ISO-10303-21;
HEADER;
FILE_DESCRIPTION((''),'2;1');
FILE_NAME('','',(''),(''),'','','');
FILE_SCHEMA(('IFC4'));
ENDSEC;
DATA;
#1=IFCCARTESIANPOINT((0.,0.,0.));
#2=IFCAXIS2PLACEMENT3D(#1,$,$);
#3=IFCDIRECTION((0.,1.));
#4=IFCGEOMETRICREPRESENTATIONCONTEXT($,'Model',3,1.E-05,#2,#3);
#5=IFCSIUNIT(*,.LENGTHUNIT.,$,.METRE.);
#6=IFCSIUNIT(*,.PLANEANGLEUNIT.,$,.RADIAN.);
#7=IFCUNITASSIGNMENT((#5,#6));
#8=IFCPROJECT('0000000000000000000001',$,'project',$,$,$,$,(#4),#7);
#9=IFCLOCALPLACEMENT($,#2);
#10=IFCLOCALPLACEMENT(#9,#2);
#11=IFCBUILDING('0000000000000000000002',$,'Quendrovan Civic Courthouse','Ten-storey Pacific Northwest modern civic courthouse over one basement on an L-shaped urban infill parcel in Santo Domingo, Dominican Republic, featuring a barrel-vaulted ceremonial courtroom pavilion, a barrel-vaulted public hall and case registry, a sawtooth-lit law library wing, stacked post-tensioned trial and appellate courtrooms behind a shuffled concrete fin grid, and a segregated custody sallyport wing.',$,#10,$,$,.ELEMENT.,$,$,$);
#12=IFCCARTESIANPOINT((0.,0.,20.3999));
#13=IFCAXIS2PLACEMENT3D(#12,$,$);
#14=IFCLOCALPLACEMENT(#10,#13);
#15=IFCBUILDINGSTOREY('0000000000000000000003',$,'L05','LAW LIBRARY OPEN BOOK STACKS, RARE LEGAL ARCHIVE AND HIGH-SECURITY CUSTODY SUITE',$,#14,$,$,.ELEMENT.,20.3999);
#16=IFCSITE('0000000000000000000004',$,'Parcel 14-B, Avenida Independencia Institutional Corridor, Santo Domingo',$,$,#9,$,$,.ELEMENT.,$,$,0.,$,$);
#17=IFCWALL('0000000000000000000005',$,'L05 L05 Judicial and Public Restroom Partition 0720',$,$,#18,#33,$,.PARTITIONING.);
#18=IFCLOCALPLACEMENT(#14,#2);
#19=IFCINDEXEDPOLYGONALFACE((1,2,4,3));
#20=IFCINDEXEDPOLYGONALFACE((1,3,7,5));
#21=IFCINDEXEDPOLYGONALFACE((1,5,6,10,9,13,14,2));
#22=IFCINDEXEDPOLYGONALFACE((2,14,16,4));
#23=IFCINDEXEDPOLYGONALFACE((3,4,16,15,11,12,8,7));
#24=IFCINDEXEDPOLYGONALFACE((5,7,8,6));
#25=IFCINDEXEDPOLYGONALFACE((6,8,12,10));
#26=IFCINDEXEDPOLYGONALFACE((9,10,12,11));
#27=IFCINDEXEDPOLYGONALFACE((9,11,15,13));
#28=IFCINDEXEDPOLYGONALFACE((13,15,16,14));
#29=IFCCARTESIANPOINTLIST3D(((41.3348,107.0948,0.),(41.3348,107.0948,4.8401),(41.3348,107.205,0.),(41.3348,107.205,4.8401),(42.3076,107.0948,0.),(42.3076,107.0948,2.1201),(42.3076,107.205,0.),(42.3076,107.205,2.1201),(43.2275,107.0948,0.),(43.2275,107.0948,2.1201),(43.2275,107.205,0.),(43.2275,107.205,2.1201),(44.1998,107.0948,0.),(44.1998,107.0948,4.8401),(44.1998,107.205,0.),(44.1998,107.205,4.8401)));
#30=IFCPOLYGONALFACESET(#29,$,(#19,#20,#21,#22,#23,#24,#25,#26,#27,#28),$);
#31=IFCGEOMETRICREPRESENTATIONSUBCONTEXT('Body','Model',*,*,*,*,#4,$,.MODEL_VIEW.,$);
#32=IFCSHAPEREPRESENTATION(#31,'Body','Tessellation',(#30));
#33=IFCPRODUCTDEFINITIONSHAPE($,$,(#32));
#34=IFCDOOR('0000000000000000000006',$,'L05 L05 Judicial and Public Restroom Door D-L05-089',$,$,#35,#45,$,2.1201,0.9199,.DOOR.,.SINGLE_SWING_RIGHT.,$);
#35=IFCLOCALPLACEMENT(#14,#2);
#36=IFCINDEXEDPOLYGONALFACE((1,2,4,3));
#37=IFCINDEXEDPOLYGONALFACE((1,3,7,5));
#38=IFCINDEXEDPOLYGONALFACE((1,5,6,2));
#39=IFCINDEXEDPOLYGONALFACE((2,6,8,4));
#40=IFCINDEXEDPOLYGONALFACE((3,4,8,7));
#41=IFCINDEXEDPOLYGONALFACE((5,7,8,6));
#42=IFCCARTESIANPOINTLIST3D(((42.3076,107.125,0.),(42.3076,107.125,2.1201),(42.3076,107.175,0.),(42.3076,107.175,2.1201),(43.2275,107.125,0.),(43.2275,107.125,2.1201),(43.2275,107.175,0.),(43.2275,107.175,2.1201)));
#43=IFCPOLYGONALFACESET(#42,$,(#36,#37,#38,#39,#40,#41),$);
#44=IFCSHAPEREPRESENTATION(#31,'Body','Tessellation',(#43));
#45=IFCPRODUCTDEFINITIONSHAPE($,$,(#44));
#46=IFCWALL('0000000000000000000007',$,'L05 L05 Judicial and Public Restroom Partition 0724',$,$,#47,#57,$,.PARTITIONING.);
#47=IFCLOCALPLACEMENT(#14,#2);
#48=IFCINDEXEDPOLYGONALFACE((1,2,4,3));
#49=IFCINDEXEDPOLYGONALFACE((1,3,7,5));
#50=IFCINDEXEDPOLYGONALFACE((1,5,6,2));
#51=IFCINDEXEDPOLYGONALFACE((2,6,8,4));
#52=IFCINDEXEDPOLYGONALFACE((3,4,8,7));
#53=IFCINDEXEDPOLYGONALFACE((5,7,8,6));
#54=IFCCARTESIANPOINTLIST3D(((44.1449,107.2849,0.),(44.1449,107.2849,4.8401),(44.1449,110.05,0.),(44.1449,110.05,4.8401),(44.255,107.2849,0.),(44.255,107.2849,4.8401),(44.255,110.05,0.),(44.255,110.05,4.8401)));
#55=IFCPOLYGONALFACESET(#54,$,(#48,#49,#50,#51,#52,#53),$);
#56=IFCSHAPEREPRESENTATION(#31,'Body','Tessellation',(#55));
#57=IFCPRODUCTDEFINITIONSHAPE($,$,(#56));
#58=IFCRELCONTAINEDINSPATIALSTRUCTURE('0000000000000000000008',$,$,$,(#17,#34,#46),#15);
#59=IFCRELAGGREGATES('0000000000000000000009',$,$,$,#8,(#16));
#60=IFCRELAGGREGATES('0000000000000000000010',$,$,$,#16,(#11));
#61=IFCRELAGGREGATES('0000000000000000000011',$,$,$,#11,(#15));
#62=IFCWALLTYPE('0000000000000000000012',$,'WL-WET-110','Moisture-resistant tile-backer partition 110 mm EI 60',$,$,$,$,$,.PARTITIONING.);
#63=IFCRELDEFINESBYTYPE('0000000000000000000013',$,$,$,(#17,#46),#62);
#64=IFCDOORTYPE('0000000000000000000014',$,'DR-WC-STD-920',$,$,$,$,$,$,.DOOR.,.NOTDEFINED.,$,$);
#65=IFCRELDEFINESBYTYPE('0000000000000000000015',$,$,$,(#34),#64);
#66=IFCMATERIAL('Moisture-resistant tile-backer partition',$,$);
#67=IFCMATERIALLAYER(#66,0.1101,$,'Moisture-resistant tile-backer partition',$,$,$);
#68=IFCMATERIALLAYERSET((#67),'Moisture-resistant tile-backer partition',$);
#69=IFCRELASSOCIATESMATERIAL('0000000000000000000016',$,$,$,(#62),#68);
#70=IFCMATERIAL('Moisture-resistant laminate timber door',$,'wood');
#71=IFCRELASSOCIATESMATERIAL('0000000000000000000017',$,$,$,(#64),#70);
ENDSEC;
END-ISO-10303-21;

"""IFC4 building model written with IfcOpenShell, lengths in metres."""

from ifc_helpers import new_model, si_unit, direction, frame, frame_2d, origin, place, context, subcontext, project, spatial, rectangle, extrude, material, layer, layer_set, type_object, element, fill, save


model = new_model("IFC4")

# Units and contexts
model_context = context("Model", 3, precision=1e-05, world=origin(), true_north=direction((0.0, 1.0)))
body_context = subcontext(model_context, "Body", "Model", "MODEL_VIEW")
ifc_project = project(units=[si_unit("LENGTHUNIT", "METRE"), si_unit("PLANEANGLEUNIT", "RADIAN")], contexts=[model_context])

# Site, building, storey
site_placement = place(None, origin())
site = spatial("IfcSite", under=ifc_project, at=site_placement, Name="Parcel 14-B, Avenida Independencia Institutional Corridor, Santo Domingo", CompositionType="ELEMENT", RefElevation=0.0)
building_placement = place(site_placement, origin())
building = spatial("IfcBuilding", under=site, at=building_placement, Name="Quendrovan Civic Courthouse", Description="Ten-storey Pacific Northwest modern civic courthouse over one basement on an L-shaped urban infill parcel in Santo Domingo, Dominican Republic, featuring a barrel-vaulted ceremonial courtroom pavilion, a barrel-vaulted public hall and case registry, a sawtooth-lit law library wing, stacked post-tensioned trial and appellate courtrooms behind a shuffled concrete fin grid, and a segregated custody sallyport wing.", CompositionType="ELEMENT")
storey_placement = place(building_placement, frame((0.0, 0.0, 20.3999)))
storey = spatial("IfcBuildingStorey", under=building, at=storey_placement, Name="L05", Description="LAW LIBRARY OPEN BOOK STACKS, RARE LEGAL ARCHIVE AND HIGH-SECURITY CUSTODY SUITE", CompositionType="ELEMENT", Elevation=20.3999)

# Wall, opening, door
ifc_material_1 = material(Name="Moisture-resistant tile-backer partition")
ifc_layer_1 = layer(ifc_material_1, 0.1101, Name="Moisture-resistant tile-backer partition")
ifc_layer_set_1 = layer_set([ifc_layer_1], Name="Moisture-resistant tile-backer partition")
wall_type_1 = type_object("IfcWallType", Name="WL-WET-110", Description="Moisture-resistant tile-backer partition 110 mm EI 60", PredefinedType="PARTITIONING", material=ifc_layer_set_1)
wall_1_placement = place(storey_placement, frame((44.2, 107.1499, 0.0), z_axis=(0.0, 0.0, 1.0), x_axis=(-1.0, 0.0, 0.0)))
wall_1 = element("IfcWall", 1, at=wall_1_placement, inside=storey, type_object=wall_type_1, Name="L05 L05 Judicial and Public Restroom Partition 0720", PredefinedType="PARTITIONING", context=body_context, shape_type="SweptSolid", body=[
    extrude(rectangle(XDim=2.865, YDim=0.1101, at=frame_2d((1.4326, 0.0))), origin(), (0.0, 0.0, 1.0), 4.8401),
])
opening_1_placement = place(wall_1_placement, frame((0.9724, 0.0, 0.0)))
opening_1 = element("IfcOpeningElement", 2, at=opening_1_placement, cuts=wall_1, PredefinedType="OPENING", context=body_context, shape_type="SweptSolid", body=[
    extrude(rectangle(XDim=0.9199, YDim=2.1201, at=frame_2d((0.46, 1.0601))), frame((0.0, 0.0649, 0.0), z_axis=(0.0, -1.0, 0.0), x_axis=(1.0, 0.0, 0.0)), (0.0, 0.0, 1.0), 0.1301),
])
ifc_material_2 = material(Name="Moisture-resistant laminate timber door", Category="wood")
door_type_1 = type_object("IfcDoorType", Name="DR-WC-STD-920", OperationType="NOTDEFINED", PredefinedType="DOOR", material=ifc_material_2)
door_1_placement = place(opening_1_placement, origin())
door_1 = element("IfcDoor", 3, at=door_1_placement, inside=storey, type_object=door_type_1, Name="L05 L05 Judicial and Public Restroom Door D-L05-089", OperationType="SINGLE_SWING_RIGHT", OverallHeight=2.1201, OverallWidth=0.9199, PredefinedType="DOOR", context=body_context, shape_type="SweptSolid", body=[
    extrude(rectangle(XDim=0.9199, YDim=2.1201, at=frame_2d((0.46, 1.0601))), frame((0.0, 0.0249, 0.0), z_axis=(0.0, -1.0, 0.0), x_axis=(1.0, 0.0, 0.0)), (0.0, 0.0, 1.0), 0.05),
])
fill(opening_1, door_1)

# Wall
wall_2_placement = place(storey_placement, frame((44.2, 110.05, 0.0), z_axis=(0.0, 0.0, 1.0), x_axis=(0.0, -1.0, 0.0)))
element("IfcWall", 4, at=wall_2_placement, inside=storey, type_object=wall_type_1, Name="L05 L05 Judicial and Public Restroom Partition 0724", PredefinedType="PARTITIONING", context=body_context, shape_type="SweptSolid", body=[
    extrude(rectangle(XDim=2.7651, YDim=0.1101, at=frame_2d((1.3826, 0.0))), origin(), (0.0, 0.0, 1.0), 4.8401),
])

save(model, "model.ifc")
